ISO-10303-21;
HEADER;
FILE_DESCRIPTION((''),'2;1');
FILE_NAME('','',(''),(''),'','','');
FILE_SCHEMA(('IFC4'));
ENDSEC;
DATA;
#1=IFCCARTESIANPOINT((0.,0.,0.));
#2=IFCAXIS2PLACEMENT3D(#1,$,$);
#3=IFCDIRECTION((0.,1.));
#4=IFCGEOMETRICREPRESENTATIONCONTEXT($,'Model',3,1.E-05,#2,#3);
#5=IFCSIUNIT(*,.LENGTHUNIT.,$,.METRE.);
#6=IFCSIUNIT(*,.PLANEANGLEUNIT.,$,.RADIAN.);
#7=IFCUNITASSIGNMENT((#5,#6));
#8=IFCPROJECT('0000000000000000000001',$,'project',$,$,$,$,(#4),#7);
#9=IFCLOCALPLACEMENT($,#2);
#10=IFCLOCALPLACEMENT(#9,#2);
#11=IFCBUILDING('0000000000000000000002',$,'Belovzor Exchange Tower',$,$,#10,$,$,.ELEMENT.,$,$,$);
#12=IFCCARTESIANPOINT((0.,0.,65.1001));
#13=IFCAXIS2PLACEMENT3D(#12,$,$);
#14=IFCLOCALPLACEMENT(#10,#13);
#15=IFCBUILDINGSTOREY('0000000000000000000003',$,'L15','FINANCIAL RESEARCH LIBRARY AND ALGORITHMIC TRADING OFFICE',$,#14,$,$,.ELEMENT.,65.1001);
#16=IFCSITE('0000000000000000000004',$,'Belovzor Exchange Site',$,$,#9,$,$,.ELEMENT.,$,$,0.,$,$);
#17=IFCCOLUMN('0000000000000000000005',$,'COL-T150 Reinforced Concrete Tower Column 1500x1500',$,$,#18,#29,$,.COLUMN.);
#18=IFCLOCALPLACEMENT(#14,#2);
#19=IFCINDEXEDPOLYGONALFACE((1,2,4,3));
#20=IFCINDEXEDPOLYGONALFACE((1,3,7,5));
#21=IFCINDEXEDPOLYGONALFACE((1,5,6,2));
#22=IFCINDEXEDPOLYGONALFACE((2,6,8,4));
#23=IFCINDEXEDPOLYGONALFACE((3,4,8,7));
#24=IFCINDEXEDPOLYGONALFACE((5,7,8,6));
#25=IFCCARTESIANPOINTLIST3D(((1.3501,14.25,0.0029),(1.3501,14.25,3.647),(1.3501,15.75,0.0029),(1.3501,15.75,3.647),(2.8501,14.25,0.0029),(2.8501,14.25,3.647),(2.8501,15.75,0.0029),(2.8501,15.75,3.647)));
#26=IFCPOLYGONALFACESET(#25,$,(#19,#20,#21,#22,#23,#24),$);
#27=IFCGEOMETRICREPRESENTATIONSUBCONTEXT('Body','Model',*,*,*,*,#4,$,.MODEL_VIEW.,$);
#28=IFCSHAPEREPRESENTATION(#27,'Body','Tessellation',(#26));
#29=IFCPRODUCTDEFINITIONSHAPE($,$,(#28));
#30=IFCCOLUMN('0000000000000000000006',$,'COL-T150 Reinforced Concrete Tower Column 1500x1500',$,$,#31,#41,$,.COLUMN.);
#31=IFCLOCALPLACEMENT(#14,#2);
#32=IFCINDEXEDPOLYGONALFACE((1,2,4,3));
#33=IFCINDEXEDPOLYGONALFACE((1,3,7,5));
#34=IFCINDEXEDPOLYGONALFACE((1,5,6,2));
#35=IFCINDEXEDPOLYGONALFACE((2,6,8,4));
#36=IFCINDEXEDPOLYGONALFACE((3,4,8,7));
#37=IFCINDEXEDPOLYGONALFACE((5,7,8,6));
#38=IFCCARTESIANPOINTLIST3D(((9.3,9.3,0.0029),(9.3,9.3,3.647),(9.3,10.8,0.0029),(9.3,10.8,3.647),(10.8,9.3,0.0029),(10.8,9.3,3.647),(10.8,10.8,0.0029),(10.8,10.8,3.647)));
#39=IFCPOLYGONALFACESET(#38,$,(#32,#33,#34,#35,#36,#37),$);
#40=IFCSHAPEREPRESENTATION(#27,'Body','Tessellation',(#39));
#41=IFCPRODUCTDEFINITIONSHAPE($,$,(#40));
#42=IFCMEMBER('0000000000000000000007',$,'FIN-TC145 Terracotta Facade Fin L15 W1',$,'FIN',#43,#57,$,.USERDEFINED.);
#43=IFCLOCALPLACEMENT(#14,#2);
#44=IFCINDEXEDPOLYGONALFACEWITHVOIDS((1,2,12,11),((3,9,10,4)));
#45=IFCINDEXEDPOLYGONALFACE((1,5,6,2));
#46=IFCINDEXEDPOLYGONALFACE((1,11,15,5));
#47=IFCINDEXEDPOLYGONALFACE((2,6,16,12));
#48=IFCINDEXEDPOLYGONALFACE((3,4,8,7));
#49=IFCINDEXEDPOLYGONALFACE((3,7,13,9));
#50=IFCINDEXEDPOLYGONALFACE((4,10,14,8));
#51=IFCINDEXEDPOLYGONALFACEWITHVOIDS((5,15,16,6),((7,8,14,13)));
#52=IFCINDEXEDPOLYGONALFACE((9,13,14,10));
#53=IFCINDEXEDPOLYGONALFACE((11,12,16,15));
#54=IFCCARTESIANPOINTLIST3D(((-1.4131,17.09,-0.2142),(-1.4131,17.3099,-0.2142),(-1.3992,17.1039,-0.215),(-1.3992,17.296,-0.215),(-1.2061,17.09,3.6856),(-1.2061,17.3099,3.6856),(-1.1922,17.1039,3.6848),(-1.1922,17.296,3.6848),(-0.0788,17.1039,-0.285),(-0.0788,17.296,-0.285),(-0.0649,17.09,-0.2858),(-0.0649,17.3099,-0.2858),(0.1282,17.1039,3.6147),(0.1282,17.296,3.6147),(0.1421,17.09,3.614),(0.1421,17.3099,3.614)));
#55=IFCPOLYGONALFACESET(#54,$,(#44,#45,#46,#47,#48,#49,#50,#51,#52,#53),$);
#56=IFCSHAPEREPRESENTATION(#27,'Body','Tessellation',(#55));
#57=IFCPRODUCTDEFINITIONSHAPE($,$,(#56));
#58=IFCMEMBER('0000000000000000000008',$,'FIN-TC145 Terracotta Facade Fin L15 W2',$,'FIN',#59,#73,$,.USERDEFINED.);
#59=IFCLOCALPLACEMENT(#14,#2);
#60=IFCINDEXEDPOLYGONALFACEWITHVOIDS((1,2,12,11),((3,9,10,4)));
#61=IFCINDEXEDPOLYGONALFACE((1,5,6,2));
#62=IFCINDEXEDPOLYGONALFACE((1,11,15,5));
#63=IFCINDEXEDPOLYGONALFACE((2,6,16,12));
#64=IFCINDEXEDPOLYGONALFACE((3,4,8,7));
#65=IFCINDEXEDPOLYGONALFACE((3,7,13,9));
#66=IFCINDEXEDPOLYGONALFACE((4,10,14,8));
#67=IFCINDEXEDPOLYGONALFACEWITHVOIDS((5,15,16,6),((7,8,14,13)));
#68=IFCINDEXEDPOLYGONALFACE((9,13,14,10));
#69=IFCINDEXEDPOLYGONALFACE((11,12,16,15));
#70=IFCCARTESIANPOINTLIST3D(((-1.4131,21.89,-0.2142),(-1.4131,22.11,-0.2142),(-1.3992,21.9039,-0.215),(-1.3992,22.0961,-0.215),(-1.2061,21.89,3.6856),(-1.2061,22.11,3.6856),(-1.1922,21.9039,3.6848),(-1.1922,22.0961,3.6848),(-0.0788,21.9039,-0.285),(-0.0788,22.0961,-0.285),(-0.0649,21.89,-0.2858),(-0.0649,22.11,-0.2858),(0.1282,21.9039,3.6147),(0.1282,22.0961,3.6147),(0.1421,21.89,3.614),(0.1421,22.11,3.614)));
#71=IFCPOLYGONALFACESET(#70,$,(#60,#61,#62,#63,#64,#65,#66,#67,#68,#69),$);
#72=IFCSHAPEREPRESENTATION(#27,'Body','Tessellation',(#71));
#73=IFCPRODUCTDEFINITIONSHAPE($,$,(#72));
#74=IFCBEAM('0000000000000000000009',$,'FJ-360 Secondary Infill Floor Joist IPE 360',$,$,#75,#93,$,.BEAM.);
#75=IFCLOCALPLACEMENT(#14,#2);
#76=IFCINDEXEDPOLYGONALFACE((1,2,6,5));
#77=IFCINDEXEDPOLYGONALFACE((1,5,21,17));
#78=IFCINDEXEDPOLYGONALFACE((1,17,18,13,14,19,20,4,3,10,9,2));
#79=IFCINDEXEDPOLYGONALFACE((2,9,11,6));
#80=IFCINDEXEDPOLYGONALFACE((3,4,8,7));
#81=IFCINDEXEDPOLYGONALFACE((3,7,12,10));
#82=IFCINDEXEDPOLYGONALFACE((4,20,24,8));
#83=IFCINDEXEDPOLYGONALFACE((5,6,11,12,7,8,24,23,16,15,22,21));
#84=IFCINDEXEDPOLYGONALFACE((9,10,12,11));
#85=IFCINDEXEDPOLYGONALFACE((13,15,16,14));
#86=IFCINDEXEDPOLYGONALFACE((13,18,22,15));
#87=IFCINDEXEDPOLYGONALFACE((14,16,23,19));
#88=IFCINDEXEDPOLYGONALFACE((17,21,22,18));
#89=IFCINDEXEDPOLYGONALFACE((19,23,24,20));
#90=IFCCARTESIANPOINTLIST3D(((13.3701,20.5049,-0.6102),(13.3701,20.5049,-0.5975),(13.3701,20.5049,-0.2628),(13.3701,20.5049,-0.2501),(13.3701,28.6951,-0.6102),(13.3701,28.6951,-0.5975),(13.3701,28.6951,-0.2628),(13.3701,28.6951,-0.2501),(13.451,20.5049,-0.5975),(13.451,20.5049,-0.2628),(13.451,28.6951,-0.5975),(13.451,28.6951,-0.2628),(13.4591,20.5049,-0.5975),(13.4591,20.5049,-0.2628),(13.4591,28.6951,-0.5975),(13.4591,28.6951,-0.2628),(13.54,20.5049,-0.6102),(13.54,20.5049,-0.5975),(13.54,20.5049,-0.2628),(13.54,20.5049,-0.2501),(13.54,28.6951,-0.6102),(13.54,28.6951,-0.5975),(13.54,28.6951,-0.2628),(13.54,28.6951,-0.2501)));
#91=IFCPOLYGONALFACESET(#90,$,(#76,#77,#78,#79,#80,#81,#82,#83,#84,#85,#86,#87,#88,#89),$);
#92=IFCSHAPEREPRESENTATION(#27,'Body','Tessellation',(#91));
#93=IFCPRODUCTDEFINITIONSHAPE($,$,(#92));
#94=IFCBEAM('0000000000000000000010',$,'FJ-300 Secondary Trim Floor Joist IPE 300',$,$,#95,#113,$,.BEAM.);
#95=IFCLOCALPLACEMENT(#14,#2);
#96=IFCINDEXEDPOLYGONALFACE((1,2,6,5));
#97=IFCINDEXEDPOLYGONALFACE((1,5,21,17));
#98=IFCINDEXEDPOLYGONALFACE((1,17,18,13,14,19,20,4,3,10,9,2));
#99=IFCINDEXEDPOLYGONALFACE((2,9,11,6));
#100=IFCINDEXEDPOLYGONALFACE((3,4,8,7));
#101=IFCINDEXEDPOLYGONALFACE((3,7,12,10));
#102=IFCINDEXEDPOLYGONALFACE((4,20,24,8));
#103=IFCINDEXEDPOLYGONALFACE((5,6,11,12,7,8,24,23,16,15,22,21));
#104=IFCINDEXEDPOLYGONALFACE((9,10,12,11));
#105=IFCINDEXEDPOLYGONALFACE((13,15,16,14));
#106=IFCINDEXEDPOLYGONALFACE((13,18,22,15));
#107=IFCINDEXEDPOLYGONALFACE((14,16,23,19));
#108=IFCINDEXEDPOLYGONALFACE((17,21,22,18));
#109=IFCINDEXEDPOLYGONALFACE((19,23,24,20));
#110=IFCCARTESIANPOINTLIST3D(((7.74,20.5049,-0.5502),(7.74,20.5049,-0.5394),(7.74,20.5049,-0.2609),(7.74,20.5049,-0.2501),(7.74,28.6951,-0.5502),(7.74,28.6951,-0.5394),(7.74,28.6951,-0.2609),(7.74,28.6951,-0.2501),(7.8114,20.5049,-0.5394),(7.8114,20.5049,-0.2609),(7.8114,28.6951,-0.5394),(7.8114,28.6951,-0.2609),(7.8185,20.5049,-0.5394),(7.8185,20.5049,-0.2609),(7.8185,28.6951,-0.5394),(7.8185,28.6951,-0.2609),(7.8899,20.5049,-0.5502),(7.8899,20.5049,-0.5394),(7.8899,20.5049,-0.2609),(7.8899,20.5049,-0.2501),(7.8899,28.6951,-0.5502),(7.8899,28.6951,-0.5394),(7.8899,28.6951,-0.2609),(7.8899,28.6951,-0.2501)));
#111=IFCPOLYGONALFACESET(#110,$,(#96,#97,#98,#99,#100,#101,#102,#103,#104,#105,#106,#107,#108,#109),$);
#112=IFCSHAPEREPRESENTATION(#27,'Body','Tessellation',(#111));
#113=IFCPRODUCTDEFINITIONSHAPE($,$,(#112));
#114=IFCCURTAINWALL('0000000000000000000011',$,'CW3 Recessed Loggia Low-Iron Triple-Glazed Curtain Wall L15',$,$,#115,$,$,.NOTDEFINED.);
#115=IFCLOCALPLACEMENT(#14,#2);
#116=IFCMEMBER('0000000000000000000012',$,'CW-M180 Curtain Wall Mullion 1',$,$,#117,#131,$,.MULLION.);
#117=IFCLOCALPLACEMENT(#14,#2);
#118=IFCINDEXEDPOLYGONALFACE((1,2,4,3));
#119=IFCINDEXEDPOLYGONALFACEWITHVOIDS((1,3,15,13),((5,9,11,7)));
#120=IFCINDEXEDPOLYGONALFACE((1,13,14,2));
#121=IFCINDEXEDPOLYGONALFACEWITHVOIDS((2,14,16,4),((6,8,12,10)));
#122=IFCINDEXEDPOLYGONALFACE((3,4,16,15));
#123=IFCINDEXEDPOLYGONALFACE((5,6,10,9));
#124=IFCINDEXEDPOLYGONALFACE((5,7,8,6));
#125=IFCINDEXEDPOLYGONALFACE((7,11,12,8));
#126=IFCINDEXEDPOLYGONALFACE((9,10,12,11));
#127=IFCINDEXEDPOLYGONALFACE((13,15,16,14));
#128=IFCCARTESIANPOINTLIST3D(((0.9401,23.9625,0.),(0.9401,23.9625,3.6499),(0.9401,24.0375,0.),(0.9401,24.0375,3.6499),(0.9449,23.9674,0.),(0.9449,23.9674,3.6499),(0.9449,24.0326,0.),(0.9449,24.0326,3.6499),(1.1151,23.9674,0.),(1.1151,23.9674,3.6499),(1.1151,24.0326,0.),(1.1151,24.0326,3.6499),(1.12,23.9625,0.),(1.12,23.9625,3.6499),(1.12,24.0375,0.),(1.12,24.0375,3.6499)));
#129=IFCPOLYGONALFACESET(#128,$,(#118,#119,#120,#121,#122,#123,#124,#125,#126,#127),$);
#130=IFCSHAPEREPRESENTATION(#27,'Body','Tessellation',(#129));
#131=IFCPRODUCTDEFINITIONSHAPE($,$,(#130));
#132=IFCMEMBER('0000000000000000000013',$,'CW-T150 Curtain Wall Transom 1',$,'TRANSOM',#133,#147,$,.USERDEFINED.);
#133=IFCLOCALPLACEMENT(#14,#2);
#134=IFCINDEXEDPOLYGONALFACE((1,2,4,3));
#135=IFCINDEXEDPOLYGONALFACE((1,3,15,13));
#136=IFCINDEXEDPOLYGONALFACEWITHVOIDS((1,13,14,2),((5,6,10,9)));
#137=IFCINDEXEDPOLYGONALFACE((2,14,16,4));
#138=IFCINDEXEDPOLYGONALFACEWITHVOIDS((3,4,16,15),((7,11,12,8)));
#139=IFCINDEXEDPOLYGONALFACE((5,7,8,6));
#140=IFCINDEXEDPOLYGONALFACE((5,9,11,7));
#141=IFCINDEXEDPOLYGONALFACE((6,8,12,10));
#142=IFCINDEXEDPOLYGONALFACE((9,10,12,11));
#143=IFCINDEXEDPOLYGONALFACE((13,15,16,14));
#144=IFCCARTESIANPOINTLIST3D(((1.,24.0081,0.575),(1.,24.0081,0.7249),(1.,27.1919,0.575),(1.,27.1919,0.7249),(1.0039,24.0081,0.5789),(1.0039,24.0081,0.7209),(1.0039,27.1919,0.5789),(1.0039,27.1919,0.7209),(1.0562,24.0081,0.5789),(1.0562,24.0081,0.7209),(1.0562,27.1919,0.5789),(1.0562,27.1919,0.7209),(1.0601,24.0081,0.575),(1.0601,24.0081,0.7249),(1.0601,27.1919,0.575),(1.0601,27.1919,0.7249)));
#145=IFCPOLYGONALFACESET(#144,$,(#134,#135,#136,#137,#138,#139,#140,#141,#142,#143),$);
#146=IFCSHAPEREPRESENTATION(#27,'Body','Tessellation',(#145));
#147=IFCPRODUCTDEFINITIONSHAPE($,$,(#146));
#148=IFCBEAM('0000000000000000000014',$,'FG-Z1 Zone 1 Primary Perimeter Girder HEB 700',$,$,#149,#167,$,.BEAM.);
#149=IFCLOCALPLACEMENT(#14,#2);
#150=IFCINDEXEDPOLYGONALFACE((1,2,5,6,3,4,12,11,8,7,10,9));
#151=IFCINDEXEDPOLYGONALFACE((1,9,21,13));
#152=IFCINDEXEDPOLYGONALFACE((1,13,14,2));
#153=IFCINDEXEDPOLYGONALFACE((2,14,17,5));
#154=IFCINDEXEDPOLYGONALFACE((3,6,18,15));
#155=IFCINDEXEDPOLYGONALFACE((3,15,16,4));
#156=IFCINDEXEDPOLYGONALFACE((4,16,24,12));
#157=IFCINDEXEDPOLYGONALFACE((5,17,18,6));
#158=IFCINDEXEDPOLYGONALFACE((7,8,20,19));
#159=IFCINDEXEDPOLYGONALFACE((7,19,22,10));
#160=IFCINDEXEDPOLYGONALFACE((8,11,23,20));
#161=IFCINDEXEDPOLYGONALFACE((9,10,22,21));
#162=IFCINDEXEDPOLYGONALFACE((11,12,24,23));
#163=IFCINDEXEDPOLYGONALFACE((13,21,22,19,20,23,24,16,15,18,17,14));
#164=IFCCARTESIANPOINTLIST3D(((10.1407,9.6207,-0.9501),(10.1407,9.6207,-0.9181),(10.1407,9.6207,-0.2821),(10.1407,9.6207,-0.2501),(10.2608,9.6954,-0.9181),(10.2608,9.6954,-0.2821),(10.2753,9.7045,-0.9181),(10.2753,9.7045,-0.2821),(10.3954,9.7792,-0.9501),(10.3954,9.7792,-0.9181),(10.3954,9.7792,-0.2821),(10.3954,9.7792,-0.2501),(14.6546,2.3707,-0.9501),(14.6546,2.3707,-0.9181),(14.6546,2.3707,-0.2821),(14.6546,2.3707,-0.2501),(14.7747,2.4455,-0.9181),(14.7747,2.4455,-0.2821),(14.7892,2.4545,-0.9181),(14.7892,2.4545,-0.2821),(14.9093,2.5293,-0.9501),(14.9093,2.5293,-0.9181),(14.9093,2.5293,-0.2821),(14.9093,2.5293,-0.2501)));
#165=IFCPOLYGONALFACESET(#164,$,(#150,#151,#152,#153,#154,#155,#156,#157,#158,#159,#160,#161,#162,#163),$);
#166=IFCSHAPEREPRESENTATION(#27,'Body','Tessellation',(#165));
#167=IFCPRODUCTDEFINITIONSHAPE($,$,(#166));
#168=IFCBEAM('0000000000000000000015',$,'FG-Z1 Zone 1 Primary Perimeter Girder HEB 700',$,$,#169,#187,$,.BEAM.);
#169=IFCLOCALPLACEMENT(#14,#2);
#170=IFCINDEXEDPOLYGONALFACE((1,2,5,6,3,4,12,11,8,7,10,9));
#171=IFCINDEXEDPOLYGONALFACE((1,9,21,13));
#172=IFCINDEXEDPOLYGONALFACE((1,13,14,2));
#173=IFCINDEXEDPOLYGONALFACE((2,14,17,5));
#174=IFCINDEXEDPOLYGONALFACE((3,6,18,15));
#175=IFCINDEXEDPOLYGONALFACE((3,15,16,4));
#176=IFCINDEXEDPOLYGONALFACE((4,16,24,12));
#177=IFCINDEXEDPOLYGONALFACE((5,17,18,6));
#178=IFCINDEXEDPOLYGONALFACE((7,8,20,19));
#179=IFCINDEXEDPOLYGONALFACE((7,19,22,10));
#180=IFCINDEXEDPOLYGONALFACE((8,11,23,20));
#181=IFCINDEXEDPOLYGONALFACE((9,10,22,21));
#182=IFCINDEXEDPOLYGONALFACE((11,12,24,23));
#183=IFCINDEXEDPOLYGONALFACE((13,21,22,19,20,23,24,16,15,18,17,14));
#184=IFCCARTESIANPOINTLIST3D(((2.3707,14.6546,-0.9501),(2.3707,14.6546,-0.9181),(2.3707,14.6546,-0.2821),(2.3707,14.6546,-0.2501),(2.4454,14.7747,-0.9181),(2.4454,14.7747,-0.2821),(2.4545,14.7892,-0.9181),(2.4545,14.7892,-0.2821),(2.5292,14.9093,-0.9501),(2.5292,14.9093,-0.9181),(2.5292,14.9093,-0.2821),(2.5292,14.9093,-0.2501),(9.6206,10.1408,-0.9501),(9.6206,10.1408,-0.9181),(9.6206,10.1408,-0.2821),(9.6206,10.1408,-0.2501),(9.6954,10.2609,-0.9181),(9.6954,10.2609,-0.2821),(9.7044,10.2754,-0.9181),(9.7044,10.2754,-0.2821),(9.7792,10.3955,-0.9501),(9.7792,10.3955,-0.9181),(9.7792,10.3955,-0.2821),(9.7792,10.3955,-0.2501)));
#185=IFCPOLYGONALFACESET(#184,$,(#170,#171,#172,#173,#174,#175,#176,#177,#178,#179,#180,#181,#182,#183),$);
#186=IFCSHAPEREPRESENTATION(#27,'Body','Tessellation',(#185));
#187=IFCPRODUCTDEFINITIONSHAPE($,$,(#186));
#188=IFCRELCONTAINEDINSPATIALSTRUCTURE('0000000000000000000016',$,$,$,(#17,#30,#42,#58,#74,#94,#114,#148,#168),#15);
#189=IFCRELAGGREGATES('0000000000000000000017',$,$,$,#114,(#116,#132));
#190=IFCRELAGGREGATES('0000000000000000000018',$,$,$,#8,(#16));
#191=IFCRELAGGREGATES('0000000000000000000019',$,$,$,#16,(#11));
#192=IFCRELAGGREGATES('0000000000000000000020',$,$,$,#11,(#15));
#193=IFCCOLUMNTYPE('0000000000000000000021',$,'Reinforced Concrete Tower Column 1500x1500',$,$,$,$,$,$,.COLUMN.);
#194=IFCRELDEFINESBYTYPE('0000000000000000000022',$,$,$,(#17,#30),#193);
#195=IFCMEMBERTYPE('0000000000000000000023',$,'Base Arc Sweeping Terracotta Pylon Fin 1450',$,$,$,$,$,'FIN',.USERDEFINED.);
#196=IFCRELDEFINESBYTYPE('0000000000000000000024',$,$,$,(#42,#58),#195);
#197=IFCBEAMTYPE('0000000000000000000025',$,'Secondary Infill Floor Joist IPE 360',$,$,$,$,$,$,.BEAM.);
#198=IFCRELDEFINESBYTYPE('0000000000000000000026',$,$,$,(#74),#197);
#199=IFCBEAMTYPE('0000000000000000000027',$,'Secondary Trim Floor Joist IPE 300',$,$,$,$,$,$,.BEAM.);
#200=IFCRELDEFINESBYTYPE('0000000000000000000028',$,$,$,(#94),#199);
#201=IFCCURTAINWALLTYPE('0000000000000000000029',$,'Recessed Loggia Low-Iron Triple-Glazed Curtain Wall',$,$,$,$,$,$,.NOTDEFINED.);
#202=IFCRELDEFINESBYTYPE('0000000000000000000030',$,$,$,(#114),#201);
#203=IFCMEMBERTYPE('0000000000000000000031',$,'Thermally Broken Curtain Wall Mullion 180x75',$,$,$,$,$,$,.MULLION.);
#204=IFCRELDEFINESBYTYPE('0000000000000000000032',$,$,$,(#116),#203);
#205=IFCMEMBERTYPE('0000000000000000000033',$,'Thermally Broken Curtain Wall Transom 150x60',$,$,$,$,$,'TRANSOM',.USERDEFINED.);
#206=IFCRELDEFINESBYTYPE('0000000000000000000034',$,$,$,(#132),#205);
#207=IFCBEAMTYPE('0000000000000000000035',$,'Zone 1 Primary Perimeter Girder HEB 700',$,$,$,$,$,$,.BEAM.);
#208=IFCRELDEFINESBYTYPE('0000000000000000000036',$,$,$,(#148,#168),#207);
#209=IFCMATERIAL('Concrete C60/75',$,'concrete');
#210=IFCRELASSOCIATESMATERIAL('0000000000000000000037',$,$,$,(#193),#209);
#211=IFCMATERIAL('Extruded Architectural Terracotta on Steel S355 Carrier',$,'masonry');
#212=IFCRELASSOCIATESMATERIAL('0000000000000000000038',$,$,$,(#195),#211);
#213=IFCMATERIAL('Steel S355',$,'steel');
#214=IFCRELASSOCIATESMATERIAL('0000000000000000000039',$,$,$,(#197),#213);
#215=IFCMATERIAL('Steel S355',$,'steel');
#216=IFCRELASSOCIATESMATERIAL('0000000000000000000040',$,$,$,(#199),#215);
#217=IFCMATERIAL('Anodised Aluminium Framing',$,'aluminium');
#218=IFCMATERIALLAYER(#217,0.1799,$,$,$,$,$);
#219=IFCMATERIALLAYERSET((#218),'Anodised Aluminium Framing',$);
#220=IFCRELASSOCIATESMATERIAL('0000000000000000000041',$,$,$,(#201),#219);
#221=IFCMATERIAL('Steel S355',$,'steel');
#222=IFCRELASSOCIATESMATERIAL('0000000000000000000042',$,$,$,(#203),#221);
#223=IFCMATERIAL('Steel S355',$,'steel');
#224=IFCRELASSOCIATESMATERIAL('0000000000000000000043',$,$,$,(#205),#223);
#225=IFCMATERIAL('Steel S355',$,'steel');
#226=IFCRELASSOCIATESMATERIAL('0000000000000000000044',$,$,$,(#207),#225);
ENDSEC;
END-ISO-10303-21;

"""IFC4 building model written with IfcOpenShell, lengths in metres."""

from ifc_helpers import new_model, si_unit, direction, frame, origin, origin_2d, place, context, subcontext, project, spatial, rectangle, hollow_rectangle, i_section, extrude, material, layer, layer_set, material_profile, profile_set, type_object, element, aggregate, save


model = new_model("IFC4")

# Units and contexts
model_context = context("Model", 3, precision=1e-05, world=origin(), true_north=direction((0.0, 1.0)))
body_context = subcontext(model_context, "Body", "Model", "MODEL_VIEW")
ifc_project = project(units=[si_unit("LENGTHUNIT", "METRE"), si_unit("PLANEANGLEUNIT", "RADIAN")], contexts=[model_context])

# Site, building, storey
site_placement = place(None, origin())
site = spatial("IfcSite", under=ifc_project, at=site_placement, Name="Belovzor Exchange Site", CompositionType="ELEMENT", RefElevation=0.0)
building_placement = place(site_placement, origin())
building = spatial("IfcBuilding", under=site, at=building_placement, Name="Belovzor Exchange Tower", CompositionType="ELEMENT")
storey_placement = place(building_placement, frame((0.0, 0.0, 65.1001)))
storey = spatial("IfcBuildingStorey", under=building, at=storey_placement, Name="L15", Description="FINANCIAL RESEARCH LIBRARY AND ALGORITHMIC TRADING OFFICE", CompositionType="ELEMENT", Elevation=65.1001)

# Columns
ifc_material_1 = material(Name="Concrete C60/75", Category="concrete")
ifc_material_profile_1 = material_profile(ifc_material_1, rectangle(XDim=1.5, YDim=1.5, at=origin_2d()))
ifc_profile_set_1 = profile_set([ifc_material_profile_1], Name="Concrete C60/75")
column_type = type_object("IfcColumnType", Name="Reinforced Concrete Tower Column 1500x1500", PredefinedType="COLUMN", material=ifc_profile_set_1)
for number, where, z_axis, x_axis, name in (
    (1, (2.1001, 15.0, 0.0029), (0.0, 0.0, 1.0), (1.0, 0.0, 0.0), "COL-T150 Reinforced Concrete Tower Column 1500x1500"),
    (2, (10.05, 10.05, 0.0029), (0.0, 0.0, 1.0), (1.0, 0.0, 0.0), "COL-T150 Reinforced Concrete Tower Column 1500x1500"),
):
    element("IfcColumn", number, at=place(storey_placement, frame(where, z_axis=z_axis, x_axis=x_axis)), inside=storey, type_object=column_type, Name=name, PredefinedType="COLUMN", context=body_context, shape_type="SweptSolid", body=[
        extrude(rectangle(XDim=1.5, YDim=1.5, at=origin_2d()), origin(), (0.0, 0.0, 1.0), 3.644),
    ])

# Members
ifc_material_2 = material(Name="Extruded Architectural Terracotta on Steel S355 Carrier", Category="masonry")
ifc_material_profile_2 = material_profile(ifc_material_2, hollow_rectangle(XDim=0.22, YDim=1.3501, WallThickness=0.0139, at=origin_2d()))
ifc_profile_set_2 = profile_set([ifc_material_profile_2], Name="Extruded Architectural Terracotta on Steel S355 Carrier")
member_type_1 = type_object("IfcMemberType", Name="Base Arc Sweeping Terracotta Pylon Fin 1450", ElementType="FIN", PredefinedType="USERDEFINED", material=ifc_profile_set_2)
for number, where, z_axis, x_axis, name in (
    (3, (-0.739, 17.2, -0.25), (0.053012, 0.0, 0.998594), (0.0, 1.0, 0.0), "FIN-TC145 Terracotta Facade Fin L15 W1"),
    (4, (-0.739, 22.0, -0.25), (0.053012, 0.0, 0.998594), (0.0, 1.0, 0.0), "FIN-TC145 Terracotta Facade Fin L15 W2"),
):
    element("IfcMember", number, at=place(storey_placement, frame(where, z_axis=z_axis, x_axis=x_axis)), inside=storey, type_object=member_type_1, Name=name, ObjectType="FIN", PredefinedType="USERDEFINED", context=body_context, shape_type="SweptSolid", body=[
        extrude(hollow_rectangle(XDim=0.22, YDim=1.3501, WallThickness=0.0139, at=origin_2d()), origin(), (0.0, 0.0, 1.0), 3.9053),
    ])

# Beams
ifc_material_3 = material(Name="Steel S355", Category="steel")
ifc_material_profile_3 = material_profile(ifc_material_3, i_section(OverallWidth=0.1699, OverallDepth=0.3601, WebThickness=0.0081, FlangeThickness=0.0127, at=origin_2d()))
ifc_profile_set_3 = profile_set([ifc_material_profile_3], Name="Steel S355")
beam_type_1 = type_object("IfcBeamType", Name="Secondary Infill Floor Joist IPE 360", PredefinedType="BEAM", material=ifc_profile_set_3)
beam_1_placement = place(storey_placement, frame((13.4551, 20.5049, -0.4302), z_axis=(0.0, 1.0, 0.0), x_axis=(-1.0, 0.0, 0.0)))
element("IfcBeam", 5, at=beam_1_placement, inside=storey, type_object=beam_type_1, Name="FJ-360 Secondary Infill Floor Joist IPE 360", PredefinedType="BEAM", context=body_context, shape_type="SweptSolid", body=[
    extrude(i_section(OverallWidth=0.1699, OverallDepth=0.3601, WebThickness=0.0081, FlangeThickness=0.0127, at=origin_2d()), origin(), (0.0, 0.0, 1.0), 8.1902),
])
ifc_material_4 = material(Name="Steel S355", Category="steel")
ifc_material_profile_4 = material_profile(ifc_material_4, i_section(OverallWidth=0.1499, OverallDepth=0.3, WebThickness=0.0071, FlangeThickness=0.0107, at=origin_2d()))
ifc_profile_set_4 = profile_set([ifc_material_profile_4], Name="Steel S355")
beam_type_2 = type_object("IfcBeamType", Name="Secondary Trim Floor Joist IPE 300", PredefinedType="BEAM", material=ifc_profile_set_4)
beam_2_placement = place(storey_placement, frame((7.8149, 20.5049, -0.4001), z_axis=(0.0, 1.0, 0.0), x_axis=(-1.0, 0.0, 0.0)))
element("IfcBeam", 6, at=beam_2_placement, inside=storey, type_object=beam_type_2, Name="FJ-300 Secondary Trim Floor Joist IPE 300", PredefinedType="BEAM", context=body_context, shape_type="SweptSolid", body=[
    extrude(i_section(OverallWidth=0.1499, OverallDepth=0.3, WebThickness=0.0071, FlangeThickness=0.0107, at=origin_2d()), origin(), (0.0, 0.0, 1.0), 8.1902),
])

# Curtain wall, members
ifc_material_5 = material(Name="Anodised Aluminium Framing", Category="aluminium")
ifc_layer_1 = layer(ifc_material_5, 0.1799)
ifc_layer_set_1 = layer_set([ifc_layer_1], Name="Anodised Aluminium Framing")
curtain_wall_type = type_object("IfcCurtainWallType", Name="Recessed Loggia Low-Iron Triple-Glazed Curtain Wall", PredefinedType="NOTDEFINED", material=ifc_layer_set_1)
curtain_wall_placement = place(storey_placement, origin())
curtain_wall = element("IfcCurtainWall", 7, at=curtain_wall_placement, inside=storey, type_object=curtain_wall_type, Name="CW3 Recessed Loggia Low-Iron Triple-Glazed Curtain Wall L15", PredefinedType="NOTDEFINED")
ifc_material_6 = material(Name="Steel S355", Category="steel")
ifc_material_profile_5 = material_profile(ifc_material_6, hollow_rectangle(XDim=0.075, YDim=0.1799, WallThickness=0.0049, at=origin_2d()))
ifc_profile_set_5 = profile_set([ifc_material_profile_5], Name="Steel S355")
member_type_2 = type_object("IfcMemberType", Name="Thermally Broken Curtain Wall Mullion 180x75", PredefinedType="MULLION", material=ifc_profile_set_5)
member_1_placement = place(storey_placement, frame((1.03, 24.0, 0.0), z_axis=(0.0, 0.0, 1.0), x_axis=(0.0, 1.0, 0.0)))
member_1 = element("IfcMember", 8, at=member_1_placement, type_object=member_type_2, Name="CW-M180 Curtain Wall Mullion 1", PredefinedType="MULLION", context=body_context, shape_type="SweptSolid", body=[
    extrude(hollow_rectangle(XDim=0.075, YDim=0.1799, WallThickness=0.0049, at=origin_2d()), origin(), (0.0, 0.0, 1.0), 3.6499),
])
ifc_material_7 = material(Name="Steel S355", Category="steel")
ifc_material_profile_6 = material_profile(ifc_material_7, hollow_rectangle(XDim=0.0601, YDim=0.1499, WallThickness=0.0039, at=origin_2d()))
ifc_profile_set_6 = profile_set([ifc_material_profile_6], Name="Steel S355")
member_type_3 = type_object("IfcMemberType", Name="Thermally Broken Curtain Wall Transom 150x60", ElementType="TRANSOM", PredefinedType="USERDEFINED", material=ifc_profile_set_6)
member_2_placement = place(storey_placement, frame((1.03, 24.0081, 0.6499), z_axis=(0.0, 1.0, 0.0), x_axis=(-1.0, 0.0, 0.0)))
member_2 = element("IfcMember", 9, at=member_2_placement, type_object=member_type_3, Name="CW-T150 Curtain Wall Transom 1", ObjectType="TRANSOM", PredefinedType="USERDEFINED", context=body_context, shape_type="SweptSolid", body=[
    extrude(hollow_rectangle(XDim=0.0601, YDim=0.1499, WallThickness=0.0039, at=origin_2d()), origin(), (0.0, 0.0, 1.0), 3.1838),
])

# Beams
ifc_material_8 = material(Name="Steel S355", Category="steel")
ifc_material_profile_7 = material_profile(ifc_material_8, i_section(OverallWidth=0.3, OverallDepth=0.7, WebThickness=0.0171, FlangeThickness=0.032, at=origin_2d()))
ifc_profile_set_7 = profile_set([ifc_material_profile_7], Name="Steel S355")
beam_type_3 = type_object("IfcBeamType", Name="Zone 1 Primary Perimeter Girder HEB 700", PredefinedType="BEAM", material=ifc_profile_set_7)
for number, where, z_axis, x_axis, name in (
    (10, (10.2681, 9.7, -0.6001), (0.528539, -0.848909, 0.0), (0.848909, 0.528539, 0.0), "FG-Z1 Zone 1 Primary Perimeter Girder HEB 700"),
    (11, (2.45, 14.782, -0.6001), (0.848909, -0.528539, 0.0), (0.528539, 0.848909, 0.0), "FG-Z1 Zone 1 Primary Perimeter Girder HEB 700"),
):
    element("IfcBeam", number, at=place(storey_placement, frame(where, z_axis=z_axis, x_axis=x_axis)), inside=storey, type_object=beam_type_3, Name=name, PredefinedType="BEAM", context=body_context, shape_type="SweptSolid", body=[
        extrude(i_section(OverallWidth=0.3, OverallDepth=0.7, WebThickness=0.0171, FlangeThickness=0.032, at=origin_2d()), origin(), (0.0, 0.0, 1.0), 8.5403),
    ])

aggregate(curtain_wall, [member_1, member_2])

save(model, "model.ifc")
